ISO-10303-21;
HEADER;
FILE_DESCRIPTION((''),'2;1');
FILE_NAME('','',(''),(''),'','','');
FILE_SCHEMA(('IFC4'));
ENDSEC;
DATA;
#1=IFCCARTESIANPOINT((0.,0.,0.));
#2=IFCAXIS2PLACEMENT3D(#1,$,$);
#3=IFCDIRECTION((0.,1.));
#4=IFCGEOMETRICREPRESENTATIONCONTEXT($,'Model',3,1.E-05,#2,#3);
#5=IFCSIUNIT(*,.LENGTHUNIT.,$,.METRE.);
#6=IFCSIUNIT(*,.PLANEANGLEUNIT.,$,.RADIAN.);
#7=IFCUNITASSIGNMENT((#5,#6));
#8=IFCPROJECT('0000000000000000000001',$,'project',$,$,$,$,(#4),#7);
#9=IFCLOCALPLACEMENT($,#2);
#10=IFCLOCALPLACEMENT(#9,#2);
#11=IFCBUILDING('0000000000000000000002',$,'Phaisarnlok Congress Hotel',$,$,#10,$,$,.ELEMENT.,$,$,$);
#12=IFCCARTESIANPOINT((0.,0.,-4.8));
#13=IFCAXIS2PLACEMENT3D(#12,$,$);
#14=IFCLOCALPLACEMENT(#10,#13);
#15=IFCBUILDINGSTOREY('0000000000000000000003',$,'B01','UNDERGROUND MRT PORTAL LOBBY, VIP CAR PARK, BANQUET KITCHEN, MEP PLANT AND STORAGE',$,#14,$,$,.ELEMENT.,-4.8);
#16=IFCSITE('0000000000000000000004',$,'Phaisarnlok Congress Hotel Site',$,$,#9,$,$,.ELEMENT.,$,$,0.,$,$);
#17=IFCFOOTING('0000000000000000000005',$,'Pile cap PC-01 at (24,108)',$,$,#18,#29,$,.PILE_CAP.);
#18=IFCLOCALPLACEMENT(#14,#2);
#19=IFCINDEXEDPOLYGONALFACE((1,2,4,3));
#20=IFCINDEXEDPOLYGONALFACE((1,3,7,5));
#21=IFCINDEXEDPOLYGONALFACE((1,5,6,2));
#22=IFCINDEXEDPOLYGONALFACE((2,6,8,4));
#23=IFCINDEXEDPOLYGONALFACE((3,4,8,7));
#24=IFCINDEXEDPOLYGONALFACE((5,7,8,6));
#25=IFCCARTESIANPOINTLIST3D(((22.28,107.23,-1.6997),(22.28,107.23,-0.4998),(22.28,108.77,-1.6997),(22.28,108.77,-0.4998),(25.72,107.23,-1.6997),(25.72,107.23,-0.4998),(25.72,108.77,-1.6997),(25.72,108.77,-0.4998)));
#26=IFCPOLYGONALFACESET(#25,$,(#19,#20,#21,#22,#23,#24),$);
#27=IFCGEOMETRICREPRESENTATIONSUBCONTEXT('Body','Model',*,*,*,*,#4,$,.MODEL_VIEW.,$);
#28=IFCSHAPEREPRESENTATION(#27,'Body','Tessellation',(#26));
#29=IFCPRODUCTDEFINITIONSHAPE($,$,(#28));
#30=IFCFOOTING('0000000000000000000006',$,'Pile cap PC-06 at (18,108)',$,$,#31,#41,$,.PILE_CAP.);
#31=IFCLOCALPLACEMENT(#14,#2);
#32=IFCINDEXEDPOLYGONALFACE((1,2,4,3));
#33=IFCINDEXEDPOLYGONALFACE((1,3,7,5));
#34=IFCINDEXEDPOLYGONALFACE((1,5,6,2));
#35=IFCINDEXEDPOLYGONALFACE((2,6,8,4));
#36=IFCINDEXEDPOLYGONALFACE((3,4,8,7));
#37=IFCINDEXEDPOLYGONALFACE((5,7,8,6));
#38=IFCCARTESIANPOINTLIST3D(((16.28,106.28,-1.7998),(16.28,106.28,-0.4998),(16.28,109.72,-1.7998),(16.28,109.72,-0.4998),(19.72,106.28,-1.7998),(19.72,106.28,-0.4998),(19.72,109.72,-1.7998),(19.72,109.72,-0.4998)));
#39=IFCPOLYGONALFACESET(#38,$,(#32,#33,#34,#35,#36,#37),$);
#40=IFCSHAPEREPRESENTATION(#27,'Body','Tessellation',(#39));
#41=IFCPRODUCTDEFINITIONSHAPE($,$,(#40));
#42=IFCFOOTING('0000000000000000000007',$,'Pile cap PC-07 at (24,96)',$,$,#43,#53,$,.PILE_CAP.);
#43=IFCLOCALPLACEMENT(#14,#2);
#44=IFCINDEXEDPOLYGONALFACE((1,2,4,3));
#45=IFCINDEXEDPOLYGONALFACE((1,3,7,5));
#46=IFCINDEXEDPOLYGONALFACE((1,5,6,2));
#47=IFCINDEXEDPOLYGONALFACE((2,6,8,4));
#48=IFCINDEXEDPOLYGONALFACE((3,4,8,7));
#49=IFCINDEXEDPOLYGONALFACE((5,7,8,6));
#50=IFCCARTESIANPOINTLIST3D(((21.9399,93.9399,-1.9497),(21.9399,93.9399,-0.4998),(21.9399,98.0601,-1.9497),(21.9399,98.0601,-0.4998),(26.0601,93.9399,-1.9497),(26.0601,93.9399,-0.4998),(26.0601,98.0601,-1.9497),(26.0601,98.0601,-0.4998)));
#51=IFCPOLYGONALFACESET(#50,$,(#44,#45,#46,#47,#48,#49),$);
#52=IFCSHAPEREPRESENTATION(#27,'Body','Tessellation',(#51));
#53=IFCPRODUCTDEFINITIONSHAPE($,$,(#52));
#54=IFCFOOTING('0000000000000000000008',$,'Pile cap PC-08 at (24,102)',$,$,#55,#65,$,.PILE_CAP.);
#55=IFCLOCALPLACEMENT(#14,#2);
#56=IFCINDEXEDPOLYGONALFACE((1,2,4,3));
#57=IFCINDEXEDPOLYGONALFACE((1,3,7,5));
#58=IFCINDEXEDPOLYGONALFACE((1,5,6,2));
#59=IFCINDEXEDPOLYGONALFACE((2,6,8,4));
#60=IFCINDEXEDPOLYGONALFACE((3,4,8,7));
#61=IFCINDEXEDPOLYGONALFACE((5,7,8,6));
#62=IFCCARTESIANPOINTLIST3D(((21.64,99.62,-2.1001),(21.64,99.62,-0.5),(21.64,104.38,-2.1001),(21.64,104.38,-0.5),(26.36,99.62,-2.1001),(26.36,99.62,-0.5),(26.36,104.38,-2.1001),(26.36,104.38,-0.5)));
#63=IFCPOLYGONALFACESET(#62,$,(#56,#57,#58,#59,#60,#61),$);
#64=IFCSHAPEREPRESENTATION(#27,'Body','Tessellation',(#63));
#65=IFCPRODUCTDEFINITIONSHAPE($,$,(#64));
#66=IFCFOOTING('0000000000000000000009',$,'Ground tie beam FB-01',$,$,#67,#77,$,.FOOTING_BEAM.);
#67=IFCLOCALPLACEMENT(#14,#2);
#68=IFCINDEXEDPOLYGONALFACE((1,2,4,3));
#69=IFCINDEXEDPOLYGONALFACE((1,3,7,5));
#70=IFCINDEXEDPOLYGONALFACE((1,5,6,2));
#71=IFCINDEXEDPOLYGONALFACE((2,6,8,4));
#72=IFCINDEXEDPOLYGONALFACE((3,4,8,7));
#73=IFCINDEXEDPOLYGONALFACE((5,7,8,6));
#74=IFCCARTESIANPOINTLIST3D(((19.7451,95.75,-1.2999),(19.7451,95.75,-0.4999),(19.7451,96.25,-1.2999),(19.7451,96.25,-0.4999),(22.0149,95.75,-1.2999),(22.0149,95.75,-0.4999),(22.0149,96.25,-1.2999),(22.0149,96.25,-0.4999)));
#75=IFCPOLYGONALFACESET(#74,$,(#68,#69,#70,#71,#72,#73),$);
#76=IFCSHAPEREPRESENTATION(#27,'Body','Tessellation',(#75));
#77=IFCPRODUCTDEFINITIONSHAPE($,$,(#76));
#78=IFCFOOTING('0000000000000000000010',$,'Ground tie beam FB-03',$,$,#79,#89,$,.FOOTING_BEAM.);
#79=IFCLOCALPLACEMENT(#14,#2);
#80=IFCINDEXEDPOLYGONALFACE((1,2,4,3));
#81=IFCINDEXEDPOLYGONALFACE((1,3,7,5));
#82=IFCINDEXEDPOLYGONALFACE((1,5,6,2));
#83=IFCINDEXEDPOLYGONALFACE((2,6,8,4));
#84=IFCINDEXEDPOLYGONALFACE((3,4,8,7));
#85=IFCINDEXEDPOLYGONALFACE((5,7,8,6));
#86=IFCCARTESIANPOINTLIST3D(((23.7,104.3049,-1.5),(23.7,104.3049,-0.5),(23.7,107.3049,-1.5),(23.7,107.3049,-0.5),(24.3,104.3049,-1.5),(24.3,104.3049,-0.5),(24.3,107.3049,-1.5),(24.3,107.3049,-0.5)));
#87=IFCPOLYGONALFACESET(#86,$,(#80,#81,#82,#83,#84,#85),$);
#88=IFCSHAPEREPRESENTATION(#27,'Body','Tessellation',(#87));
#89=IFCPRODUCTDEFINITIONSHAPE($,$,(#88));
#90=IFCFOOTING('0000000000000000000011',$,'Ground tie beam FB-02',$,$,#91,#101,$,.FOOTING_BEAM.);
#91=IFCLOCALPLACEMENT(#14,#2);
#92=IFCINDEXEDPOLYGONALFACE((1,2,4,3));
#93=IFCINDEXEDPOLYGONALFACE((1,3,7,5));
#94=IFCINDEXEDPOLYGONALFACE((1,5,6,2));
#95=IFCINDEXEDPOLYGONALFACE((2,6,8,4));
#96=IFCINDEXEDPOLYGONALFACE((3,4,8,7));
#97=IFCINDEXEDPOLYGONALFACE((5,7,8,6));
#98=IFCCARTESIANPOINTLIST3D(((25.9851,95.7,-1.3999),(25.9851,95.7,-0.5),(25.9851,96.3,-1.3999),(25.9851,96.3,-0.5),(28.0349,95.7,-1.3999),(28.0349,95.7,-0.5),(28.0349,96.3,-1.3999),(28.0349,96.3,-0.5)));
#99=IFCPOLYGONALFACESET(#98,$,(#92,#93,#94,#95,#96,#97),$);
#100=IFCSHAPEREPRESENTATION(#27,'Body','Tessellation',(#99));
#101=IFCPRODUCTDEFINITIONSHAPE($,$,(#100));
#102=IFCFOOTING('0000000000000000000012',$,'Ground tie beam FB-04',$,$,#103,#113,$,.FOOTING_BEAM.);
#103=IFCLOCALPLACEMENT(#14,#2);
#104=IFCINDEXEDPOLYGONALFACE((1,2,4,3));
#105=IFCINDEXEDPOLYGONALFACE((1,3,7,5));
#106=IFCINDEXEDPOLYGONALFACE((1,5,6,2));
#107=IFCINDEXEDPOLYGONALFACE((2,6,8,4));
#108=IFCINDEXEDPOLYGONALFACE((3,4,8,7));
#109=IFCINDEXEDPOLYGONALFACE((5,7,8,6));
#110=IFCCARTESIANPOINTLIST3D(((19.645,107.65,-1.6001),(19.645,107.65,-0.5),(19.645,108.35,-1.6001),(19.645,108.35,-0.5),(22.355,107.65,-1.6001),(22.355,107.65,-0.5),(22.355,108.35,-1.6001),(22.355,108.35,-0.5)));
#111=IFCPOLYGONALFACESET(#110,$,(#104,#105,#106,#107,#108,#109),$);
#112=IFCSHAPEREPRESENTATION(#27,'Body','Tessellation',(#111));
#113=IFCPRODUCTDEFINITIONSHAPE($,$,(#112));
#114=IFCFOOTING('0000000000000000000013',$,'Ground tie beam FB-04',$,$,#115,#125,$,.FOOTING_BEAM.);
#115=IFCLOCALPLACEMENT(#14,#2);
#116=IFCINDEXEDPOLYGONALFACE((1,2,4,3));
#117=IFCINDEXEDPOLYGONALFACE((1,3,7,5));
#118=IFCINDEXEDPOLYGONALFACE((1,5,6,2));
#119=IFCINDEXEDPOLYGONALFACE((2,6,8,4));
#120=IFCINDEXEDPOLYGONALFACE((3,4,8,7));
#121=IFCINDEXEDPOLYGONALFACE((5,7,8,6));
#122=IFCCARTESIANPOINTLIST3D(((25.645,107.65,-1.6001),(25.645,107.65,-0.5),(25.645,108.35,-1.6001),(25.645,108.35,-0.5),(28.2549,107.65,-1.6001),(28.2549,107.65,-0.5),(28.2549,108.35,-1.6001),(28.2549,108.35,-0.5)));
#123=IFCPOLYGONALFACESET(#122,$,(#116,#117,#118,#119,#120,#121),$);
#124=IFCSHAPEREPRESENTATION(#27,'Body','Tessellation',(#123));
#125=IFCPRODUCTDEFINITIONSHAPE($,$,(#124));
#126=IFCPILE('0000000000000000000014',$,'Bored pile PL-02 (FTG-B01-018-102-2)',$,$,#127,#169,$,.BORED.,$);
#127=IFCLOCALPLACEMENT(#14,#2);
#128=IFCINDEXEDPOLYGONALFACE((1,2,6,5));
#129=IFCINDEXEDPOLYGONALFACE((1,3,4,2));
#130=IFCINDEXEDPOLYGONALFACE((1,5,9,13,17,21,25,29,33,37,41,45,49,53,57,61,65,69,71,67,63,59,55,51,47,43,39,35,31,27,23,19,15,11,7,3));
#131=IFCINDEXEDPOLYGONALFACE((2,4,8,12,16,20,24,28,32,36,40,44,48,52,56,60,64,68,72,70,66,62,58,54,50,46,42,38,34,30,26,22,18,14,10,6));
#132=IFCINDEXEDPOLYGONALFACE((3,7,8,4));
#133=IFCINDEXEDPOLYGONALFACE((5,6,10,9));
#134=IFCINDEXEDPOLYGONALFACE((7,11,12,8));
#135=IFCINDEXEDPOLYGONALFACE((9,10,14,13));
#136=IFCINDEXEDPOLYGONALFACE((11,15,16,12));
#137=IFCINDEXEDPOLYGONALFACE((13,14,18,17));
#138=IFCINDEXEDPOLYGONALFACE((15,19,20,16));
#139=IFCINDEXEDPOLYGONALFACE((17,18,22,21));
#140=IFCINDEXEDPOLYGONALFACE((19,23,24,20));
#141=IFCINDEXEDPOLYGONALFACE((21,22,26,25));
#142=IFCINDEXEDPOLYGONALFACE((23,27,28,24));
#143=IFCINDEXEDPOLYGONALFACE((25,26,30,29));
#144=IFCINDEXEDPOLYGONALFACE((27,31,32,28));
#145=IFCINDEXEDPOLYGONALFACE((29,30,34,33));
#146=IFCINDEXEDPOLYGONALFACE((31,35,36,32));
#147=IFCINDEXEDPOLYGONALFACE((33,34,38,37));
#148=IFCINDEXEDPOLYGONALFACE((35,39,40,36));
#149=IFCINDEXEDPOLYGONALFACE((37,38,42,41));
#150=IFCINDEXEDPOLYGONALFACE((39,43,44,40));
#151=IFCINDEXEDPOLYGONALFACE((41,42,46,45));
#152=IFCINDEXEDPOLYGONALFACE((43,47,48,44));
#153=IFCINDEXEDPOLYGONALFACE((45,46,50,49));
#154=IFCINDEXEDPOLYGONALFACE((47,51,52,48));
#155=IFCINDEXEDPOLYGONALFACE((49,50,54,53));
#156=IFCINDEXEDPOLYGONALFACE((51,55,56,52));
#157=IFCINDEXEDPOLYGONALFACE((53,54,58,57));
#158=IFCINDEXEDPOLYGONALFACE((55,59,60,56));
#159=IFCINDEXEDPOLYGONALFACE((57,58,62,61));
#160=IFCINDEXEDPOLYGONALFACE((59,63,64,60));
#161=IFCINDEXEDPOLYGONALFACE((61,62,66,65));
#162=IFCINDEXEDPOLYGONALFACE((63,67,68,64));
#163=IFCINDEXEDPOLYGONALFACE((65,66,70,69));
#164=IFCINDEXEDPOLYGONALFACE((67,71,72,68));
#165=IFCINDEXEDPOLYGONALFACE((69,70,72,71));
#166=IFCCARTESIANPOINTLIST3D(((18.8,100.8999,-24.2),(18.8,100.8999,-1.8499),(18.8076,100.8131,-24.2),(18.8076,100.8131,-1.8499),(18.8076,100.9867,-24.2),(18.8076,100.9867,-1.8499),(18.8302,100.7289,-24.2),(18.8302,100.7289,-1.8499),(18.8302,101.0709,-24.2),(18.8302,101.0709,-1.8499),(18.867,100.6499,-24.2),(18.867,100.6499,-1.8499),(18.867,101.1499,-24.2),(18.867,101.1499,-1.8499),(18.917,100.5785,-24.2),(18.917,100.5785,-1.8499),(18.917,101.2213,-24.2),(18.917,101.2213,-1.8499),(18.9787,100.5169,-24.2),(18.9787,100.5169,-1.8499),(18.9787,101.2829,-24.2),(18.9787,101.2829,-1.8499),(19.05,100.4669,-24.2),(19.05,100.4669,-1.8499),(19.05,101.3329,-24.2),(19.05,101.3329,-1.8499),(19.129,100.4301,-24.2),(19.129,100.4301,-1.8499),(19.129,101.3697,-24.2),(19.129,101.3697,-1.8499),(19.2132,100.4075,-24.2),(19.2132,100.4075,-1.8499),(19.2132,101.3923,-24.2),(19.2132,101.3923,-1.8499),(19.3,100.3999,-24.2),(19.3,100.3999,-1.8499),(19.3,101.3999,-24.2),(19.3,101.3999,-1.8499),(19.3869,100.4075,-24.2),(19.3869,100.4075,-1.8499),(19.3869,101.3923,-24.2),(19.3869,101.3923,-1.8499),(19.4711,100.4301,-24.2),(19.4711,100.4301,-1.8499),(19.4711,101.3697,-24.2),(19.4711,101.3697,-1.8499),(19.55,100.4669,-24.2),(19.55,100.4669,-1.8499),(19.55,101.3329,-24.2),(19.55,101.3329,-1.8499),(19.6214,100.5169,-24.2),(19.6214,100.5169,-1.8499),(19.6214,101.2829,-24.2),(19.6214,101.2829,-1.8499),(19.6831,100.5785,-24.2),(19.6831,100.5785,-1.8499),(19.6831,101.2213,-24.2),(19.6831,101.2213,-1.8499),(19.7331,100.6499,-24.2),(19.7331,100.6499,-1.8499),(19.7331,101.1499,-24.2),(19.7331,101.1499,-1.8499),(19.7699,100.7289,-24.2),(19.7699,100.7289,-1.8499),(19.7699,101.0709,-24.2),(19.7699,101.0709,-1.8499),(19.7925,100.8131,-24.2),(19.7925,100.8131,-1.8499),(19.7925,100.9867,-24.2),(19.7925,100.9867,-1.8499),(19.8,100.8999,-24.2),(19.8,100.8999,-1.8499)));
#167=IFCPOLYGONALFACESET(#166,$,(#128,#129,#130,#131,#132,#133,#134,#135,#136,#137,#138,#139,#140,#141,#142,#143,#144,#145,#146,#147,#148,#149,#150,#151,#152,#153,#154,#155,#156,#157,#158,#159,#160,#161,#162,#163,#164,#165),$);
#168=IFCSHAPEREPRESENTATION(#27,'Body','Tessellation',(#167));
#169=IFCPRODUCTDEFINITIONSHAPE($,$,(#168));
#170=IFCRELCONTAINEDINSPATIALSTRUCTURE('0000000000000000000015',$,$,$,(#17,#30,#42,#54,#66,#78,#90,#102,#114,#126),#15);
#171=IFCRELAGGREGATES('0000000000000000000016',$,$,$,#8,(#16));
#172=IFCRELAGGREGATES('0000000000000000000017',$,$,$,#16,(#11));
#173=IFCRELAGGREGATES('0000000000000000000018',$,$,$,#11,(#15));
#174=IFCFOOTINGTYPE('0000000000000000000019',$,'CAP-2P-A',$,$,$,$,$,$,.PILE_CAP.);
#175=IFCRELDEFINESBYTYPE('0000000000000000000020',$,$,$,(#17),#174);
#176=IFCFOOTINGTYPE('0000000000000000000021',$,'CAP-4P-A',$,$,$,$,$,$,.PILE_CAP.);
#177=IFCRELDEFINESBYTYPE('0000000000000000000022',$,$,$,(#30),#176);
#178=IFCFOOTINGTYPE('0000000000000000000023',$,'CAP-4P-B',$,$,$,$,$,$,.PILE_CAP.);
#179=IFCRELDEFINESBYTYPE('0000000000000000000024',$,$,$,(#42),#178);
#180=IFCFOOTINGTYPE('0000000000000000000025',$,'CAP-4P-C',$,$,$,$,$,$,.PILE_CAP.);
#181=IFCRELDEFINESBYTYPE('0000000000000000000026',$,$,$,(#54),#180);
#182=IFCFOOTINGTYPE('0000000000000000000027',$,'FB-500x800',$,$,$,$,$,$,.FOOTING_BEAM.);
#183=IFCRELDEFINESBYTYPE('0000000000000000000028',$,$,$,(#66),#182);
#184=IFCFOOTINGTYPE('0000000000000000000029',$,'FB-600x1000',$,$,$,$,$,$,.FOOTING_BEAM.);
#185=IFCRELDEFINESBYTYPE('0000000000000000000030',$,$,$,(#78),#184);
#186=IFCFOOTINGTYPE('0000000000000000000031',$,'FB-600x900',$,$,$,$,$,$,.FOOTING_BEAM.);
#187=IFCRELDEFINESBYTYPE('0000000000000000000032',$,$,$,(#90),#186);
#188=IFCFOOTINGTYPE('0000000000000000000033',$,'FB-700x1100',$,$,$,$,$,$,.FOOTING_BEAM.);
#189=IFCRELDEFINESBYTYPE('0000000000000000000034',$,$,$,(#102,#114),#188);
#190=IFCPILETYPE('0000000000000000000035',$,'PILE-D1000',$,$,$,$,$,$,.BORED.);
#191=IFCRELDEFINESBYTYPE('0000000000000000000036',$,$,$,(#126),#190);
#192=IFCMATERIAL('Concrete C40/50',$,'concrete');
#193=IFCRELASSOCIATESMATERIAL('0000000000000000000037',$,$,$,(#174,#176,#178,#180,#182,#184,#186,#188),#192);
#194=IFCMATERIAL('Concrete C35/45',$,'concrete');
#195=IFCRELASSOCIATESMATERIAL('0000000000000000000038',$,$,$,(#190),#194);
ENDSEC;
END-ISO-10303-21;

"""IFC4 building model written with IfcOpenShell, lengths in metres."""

from ifc_helpers import new_model, si_unit, direction, frame, origin, origin_2d, place, context, subcontext, project, spatial, rectangle, circle, extrude, material, material_profile, profile_set, type_object, element, save


model = new_model("IFC4")

# Units and contexts
model_context = context("Model", 3, precision=1e-05, world=origin(), true_north=direction((0.0, 1.0)))
body_context = subcontext(model_context, "Body", "Model", "MODEL_VIEW")
ifc_project = project(units=[si_unit("LENGTHUNIT", "METRE"), si_unit("PLANEANGLEUNIT", "RADIAN")], contexts=[model_context])

# Site, building, storey
site_placement = place(None, origin())
site = spatial("IfcSite", under=ifc_project, at=site_placement, Name="Phaisarnlok Congress Hotel Site", CompositionType="ELEMENT", RefElevation=0.0)
building_placement = place(site_placement, origin())
building = spatial("IfcBuilding", under=site, at=building_placement, Name="Phaisarnlok Congress Hotel", CompositionType="ELEMENT")
storey_placement = place(building_placement, frame((0.0, 0.0, -4.8)))
storey = spatial("IfcBuildingStorey", under=building, at=storey_placement, Name="B01", Description="UNDERGROUND MRT PORTAL LOBBY, VIP CAR PARK, BANQUET KITCHEN, MEP PLANT AND STORAGE", CompositionType="ELEMENT", Elevation=-4.8)

# Footings
ifc_material_1 = material(Name="Concrete C40/50", Category="concrete")
footing_type_1 = type_object("IfcFootingType", Name="CAP-2P-A", PredefinedType="PILE_CAP", material=ifc_material_1)
footing_1_placement = place(storey_placement, frame((24.0, 108.0, -1.6997), z_axis=(0.0, 0.0, 1.0), x_axis=(1.0, 0.0, 0.0)))
element("IfcFooting", 1, at=footing_1_placement, inside=storey, type_object=footing_type_1, Name="Pile cap PC-01 at (24,108)", PredefinedType="PILE_CAP", context=body_context, shape_type="SweptSolid", body=[
    extrude(rectangle(XDim=3.4399, YDim=1.54, at=origin_2d()), origin(), (0.0, 0.0, 1.0), 1.2),
])
footing_type_2 = type_object("IfcFootingType", Name="CAP-4P-A", PredefinedType="PILE_CAP", material=ifc_material_1)
footing_2_placement = place(storey_placement, frame((18.0, 108.0, -1.7998), z_axis=(0.0, 0.0, 1.0), x_axis=(1.0, 0.0, 0.0)))
element("IfcFooting", 2, at=footing_2_placement, inside=storey, type_object=footing_type_2, Name="Pile cap PC-06 at (18,108)", PredefinedType="PILE_CAP", context=body_context, shape_type="SweptSolid", body=[
    extrude(rectangle(XDim=3.4399, YDim=3.4399, at=origin_2d()), origin(), (0.0, 0.0, 1.0), 1.3),
])
footing_type_3 = type_object("IfcFootingType", Name="CAP-4P-B", PredefinedType="PILE_CAP", material=ifc_material_1)
footing_3_placement = place(storey_placement, frame((24.0, 96.0, -1.9497), z_axis=(0.0, 0.0, 1.0), x_axis=(1.0, 0.0, 0.0)))
element("IfcFooting", 3, at=footing_3_placement, inside=storey, type_object=footing_type_3, Name="Pile cap PC-07 at (24,96)", PredefinedType="PILE_CAP", context=body_context, shape_type="SweptSolid", body=[
    extrude(rectangle(XDim=4.1201, YDim=4.1201, at=origin_2d()), origin(), (0.0, 0.0, 1.0), 1.45),
])
footing_type_4 = type_object("IfcFootingType", Name="CAP-4P-C", PredefinedType="PILE_CAP", material=ifc_material_1)
footing_4_placement = place(storey_placement, frame((24.0, 102.0, -2.1001), z_axis=(0.0, 0.0, 1.0), x_axis=(1.0, 0.0, 0.0)))
element("IfcFooting", 4, at=footing_4_placement, inside=storey, type_object=footing_type_4, Name="Pile cap PC-08 at (24,102)", PredefinedType="PILE_CAP", context=body_context, shape_type="SweptSolid", body=[
    extrude(rectangle(XDim=4.72, YDim=4.76, at=origin_2d()), origin(), (0.0, 0.0, 1.0), 1.6001),
])
ifc_material_profile_1 = material_profile(ifc_material_1, rectangle(XDim=0.5, YDim=0.8, at=origin_2d()), Name="FB-500x800")
ifc_profile_set_1 = profile_set([ifc_material_profile_1], Name="Concrete C40/50")
footing_type_5 = type_object("IfcFootingType", Name="FB-500x800", PredefinedType="FOOTING_BEAM", material=ifc_profile_set_1)
footing_5_placement = place(storey_placement, frame((19.7451, 96.0, -0.8999), z_axis=(1.0, 0.0, 0.0), x_axis=(0.0, 1.0, 0.0)))
element("IfcFooting", 5, at=footing_5_placement, inside=storey, type_object=footing_type_5, Name="Ground tie beam FB-01", PredefinedType="FOOTING_BEAM", context=body_context, shape_type="SweptSolid", body=[
    extrude(rectangle(XDim=0.5, YDim=0.8, at=origin_2d()), origin(), (0.0, 0.0, 1.0), 2.2698),
])
ifc_material_profile_2 = material_profile(ifc_material_1, rectangle(XDim=0.6001, YDim=1.0, at=origin_2d()), Name="FB-600x1000")
ifc_profile_set_2 = profile_set([ifc_material_profile_2], Name="Concrete C40/50")
footing_type_6 = type_object("IfcFootingType", Name="FB-600x1000", PredefinedType="FOOTING_BEAM", material=ifc_profile_set_2)
footing_6_placement = place(storey_placement, frame((24.0, 104.3049, -1.0), z_axis=(0.0, 1.0, 0.0), x_axis=(-1.0, 0.0, 0.0)))
element("IfcFooting", 6, at=footing_6_placement, inside=storey, type_object=footing_type_6, Name="Ground tie beam FB-03", PredefinedType="FOOTING_BEAM", context=body_context, shape_type="SweptSolid", body=[
    extrude(rectangle(XDim=0.6001, YDim=1.0, at=origin_2d()), origin(), (0.0, 0.0, 1.0), 3.0),
])
ifc_material_profile_3 = material_profile(ifc_material_1, rectangle(XDim=0.6001, YDim=0.8999, at=origin_2d()), Name="FB-600x900")
ifc_profile_set_3 = profile_set([ifc_material_profile_3], Name="Concrete C40/50")
footing_type_7 = type_object("IfcFootingType", Name="FB-600x900", PredefinedType="FOOTING_BEAM", material=ifc_profile_set_3)
footing_7_placement = place(storey_placement, frame((25.9851, 96.0, -0.95), z_axis=(1.0, 0.0, 0.0), x_axis=(0.0, 1.0, 0.0)))
element("IfcFooting", 7, at=footing_7_placement, inside=storey, type_object=footing_type_7, Name="Ground tie beam FB-02", PredefinedType="FOOTING_BEAM", context=body_context, shape_type="SweptSolid", body=[
    extrude(rectangle(XDim=0.6001, YDim=0.8999, at=origin_2d()), origin(), (0.0, 0.0, 1.0), 2.0498),
])
ifc_material_profile_4 = material_profile(ifc_material_1, rectangle(XDim=0.7, YDim=1.1001, at=origin_2d()), Name="FB-700x1100")
ifc_profile_set_4 = profile_set([ifc_material_profile_4], Name="Concrete C40/50")
footing_type_8 = type_object("IfcFootingType", Name="FB-700x1100", PredefinedType="FOOTING_BEAM", material=ifc_profile_set_4)
footing_8_placement = place(storey_placement, frame((19.645, 108.0, -1.05), z_axis=(1.0, 0.0, 0.0), x_axis=(0.0, 1.0, 0.0)))
element("IfcFooting", 8, at=footing_8_placement, inside=storey, type_object=footing_type_8, Name="Ground tie beam FB-04", PredefinedType="FOOTING_BEAM", context=body_context, shape_type="SweptSolid", body=[
    extrude(rectangle(XDim=0.7, YDim=1.1001, at=origin_2d()), origin(), (0.0, 0.0, 1.0), 2.71),
])
footing_9_placement = place(storey_placement, frame((25.645, 108.0, -1.05), z_axis=(1.0, 0.0, 0.0), x_axis=(0.0, 1.0, 0.0)))
element("IfcFooting", 9, at=footing_9_placement, inside=storey, type_object=footing_type_8, Name="Ground tie beam FB-04", PredefinedType="FOOTING_BEAM", context=body_context, shape_type="SweptSolid", body=[
    extrude(rectangle(XDim=0.7, YDim=1.1001, at=origin_2d()), origin(), (0.0, 0.0, 1.0), 2.6099),
])

# Pile
ifc_material_2 = material(Name="Concrete C35/45", Category="concrete")
ifc_material_profile_5 = material_profile(ifc_material_2, circle(Radius=0.5, at=origin_2d()), Name="BORED PILE D1000")
ifc_profile_set_5 = profile_set([ifc_material_profile_5], Name="Concrete C35/45")
pile_type_1 = type_object("IfcPileType", Name="PILE-D1000", PredefinedType="BORED", material=ifc_profile_set_5)
for number, where, z_axis, x_axis, name in (
    (10, (19.3, 100.8999, -1.8499), (0.0, 0.0, -1.0), (1.0, 0.0, 0.0), "Bored pile PL-02 (FTG-B01-018-102-2)"),
):
    element("IfcPile", number, at=place(storey_placement, frame(where, z_axis=z_axis, x_axis=x_axis)), inside=storey, type_object=pile_type_1, Name=name, PredefinedType="BORED", context=body_context, shape_type="SweptSolid", body=[
        extrude(circle(Radius=0.5, at=origin_2d()), origin(), (0.0, 0.0, 1.0), 22.3501),
    ])

save(model, "model.ifc")
